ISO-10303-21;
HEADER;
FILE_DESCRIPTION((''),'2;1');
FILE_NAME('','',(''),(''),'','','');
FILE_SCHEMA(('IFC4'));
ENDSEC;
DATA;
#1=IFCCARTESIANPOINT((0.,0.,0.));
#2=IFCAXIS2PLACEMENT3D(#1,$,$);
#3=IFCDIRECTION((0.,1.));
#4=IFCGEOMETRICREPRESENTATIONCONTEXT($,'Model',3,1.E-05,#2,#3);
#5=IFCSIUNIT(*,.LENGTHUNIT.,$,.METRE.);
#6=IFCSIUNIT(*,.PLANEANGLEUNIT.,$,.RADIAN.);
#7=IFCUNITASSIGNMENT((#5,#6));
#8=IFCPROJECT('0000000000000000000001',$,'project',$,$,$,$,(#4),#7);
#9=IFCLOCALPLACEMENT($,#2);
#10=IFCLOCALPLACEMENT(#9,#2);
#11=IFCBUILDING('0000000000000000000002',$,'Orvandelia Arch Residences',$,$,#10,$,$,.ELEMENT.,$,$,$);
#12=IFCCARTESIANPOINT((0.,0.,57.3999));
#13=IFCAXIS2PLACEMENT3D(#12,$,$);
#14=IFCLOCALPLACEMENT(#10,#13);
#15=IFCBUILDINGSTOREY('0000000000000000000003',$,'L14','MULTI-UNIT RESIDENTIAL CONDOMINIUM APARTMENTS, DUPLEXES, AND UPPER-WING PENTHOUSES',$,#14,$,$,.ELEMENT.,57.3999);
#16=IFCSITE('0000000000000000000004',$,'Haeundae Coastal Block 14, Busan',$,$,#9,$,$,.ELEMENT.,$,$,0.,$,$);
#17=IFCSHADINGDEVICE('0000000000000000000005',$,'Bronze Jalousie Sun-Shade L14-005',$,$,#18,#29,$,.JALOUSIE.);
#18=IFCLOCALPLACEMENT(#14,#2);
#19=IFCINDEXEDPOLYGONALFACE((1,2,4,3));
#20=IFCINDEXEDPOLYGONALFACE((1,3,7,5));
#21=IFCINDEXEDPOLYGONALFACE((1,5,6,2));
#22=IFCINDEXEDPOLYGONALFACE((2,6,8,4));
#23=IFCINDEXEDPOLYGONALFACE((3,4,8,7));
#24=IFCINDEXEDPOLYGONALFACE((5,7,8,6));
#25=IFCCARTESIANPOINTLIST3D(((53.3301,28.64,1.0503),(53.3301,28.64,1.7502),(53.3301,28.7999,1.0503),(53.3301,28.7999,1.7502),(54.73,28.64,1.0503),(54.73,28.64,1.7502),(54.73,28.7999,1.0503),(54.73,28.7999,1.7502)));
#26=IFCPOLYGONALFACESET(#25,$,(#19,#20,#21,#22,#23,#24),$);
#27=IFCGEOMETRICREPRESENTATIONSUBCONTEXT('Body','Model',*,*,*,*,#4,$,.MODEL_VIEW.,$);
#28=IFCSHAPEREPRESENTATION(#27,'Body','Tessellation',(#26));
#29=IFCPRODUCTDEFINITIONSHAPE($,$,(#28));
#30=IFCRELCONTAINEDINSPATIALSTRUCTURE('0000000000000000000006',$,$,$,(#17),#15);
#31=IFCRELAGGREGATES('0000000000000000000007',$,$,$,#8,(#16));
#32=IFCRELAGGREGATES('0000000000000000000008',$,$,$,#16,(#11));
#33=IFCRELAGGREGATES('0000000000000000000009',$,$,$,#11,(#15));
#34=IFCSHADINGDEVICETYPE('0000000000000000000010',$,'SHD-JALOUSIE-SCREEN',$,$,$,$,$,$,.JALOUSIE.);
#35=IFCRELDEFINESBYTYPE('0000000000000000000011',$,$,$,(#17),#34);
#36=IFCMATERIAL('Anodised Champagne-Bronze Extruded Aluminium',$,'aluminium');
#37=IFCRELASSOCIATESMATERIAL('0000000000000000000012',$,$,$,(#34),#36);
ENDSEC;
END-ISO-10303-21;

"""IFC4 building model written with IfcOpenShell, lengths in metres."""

from ifc_helpers import new_model, si_unit, direction, frame, origin, origin_2d, place, context, subcontext, project, spatial, rectangle, extrude, material, type_object, element, save


model = new_model("IFC4")

# Units and contexts
model_context = context("Model", 3, precision=1e-05, world=origin(), true_north=direction((0.0, 1.0)))
body_context = subcontext(model_context, "Body", "Model", "MODEL_VIEW")
ifc_project = project(units=[si_unit("LENGTHUNIT", "METRE"), si_unit("PLANEANGLEUNIT", "RADIAN")], contexts=[model_context])

# Site, building, storey
site_placement = place(None, origin())
site = spatial("IfcSite", under=ifc_project, at=site_placement, Name="Haeundae Coastal Block 14, Busan", CompositionType="ELEMENT", RefElevation=0.0)
building_placement = place(site_placement, origin())
building = spatial("IfcBuilding", under=site, at=building_placement, Name="Orvandelia Arch Residences", CompositionType="ELEMENT")
storey_placement = place(building_placement, frame((0.0, 0.0, 57.3999)))
storey = spatial("IfcBuildingStorey", under=building, at=storey_placement, Name="L14", Description="MULTI-UNIT RESIDENTIAL CONDOMINIUM APARTMENTS, DUPLEXES, AND UPPER-WING PENTHOUSES", CompositionType="ELEMENT", Elevation=57.3999)

# Shading device
ifc_material_1 = material(Name="Anodised Champagne-Bronze Extruded Aluminium", Category="aluminium")
shading_device_type = type_object("IfcShadingDeviceType", Name="SHD-JALOUSIE-SCREEN", PredefinedType="JALOUSIE", material=ifc_material_1)
shading_device_placement = place(storey_placement, frame((54.03, 28.72, 1.0503), z_axis=(0.0, 0.0, 1.0), x_axis=(-1.0, 0.0, 0.0)))
element("IfcShadingDevice", 1, at=shading_device_placement, inside=storey, type_object=shading_device_type, Name="Bronze Jalousie Sun-Shade L14-005", PredefinedType="JALOUSIE", context=body_context, shape_type="SweptSolid", body=[
    extrude(rectangle(XDim=1.3999, YDim=0.1599, at=origin_2d()), origin(), (0.0, 0.0, 1.0), 0.7),
])

save(model, "model.ifc")
